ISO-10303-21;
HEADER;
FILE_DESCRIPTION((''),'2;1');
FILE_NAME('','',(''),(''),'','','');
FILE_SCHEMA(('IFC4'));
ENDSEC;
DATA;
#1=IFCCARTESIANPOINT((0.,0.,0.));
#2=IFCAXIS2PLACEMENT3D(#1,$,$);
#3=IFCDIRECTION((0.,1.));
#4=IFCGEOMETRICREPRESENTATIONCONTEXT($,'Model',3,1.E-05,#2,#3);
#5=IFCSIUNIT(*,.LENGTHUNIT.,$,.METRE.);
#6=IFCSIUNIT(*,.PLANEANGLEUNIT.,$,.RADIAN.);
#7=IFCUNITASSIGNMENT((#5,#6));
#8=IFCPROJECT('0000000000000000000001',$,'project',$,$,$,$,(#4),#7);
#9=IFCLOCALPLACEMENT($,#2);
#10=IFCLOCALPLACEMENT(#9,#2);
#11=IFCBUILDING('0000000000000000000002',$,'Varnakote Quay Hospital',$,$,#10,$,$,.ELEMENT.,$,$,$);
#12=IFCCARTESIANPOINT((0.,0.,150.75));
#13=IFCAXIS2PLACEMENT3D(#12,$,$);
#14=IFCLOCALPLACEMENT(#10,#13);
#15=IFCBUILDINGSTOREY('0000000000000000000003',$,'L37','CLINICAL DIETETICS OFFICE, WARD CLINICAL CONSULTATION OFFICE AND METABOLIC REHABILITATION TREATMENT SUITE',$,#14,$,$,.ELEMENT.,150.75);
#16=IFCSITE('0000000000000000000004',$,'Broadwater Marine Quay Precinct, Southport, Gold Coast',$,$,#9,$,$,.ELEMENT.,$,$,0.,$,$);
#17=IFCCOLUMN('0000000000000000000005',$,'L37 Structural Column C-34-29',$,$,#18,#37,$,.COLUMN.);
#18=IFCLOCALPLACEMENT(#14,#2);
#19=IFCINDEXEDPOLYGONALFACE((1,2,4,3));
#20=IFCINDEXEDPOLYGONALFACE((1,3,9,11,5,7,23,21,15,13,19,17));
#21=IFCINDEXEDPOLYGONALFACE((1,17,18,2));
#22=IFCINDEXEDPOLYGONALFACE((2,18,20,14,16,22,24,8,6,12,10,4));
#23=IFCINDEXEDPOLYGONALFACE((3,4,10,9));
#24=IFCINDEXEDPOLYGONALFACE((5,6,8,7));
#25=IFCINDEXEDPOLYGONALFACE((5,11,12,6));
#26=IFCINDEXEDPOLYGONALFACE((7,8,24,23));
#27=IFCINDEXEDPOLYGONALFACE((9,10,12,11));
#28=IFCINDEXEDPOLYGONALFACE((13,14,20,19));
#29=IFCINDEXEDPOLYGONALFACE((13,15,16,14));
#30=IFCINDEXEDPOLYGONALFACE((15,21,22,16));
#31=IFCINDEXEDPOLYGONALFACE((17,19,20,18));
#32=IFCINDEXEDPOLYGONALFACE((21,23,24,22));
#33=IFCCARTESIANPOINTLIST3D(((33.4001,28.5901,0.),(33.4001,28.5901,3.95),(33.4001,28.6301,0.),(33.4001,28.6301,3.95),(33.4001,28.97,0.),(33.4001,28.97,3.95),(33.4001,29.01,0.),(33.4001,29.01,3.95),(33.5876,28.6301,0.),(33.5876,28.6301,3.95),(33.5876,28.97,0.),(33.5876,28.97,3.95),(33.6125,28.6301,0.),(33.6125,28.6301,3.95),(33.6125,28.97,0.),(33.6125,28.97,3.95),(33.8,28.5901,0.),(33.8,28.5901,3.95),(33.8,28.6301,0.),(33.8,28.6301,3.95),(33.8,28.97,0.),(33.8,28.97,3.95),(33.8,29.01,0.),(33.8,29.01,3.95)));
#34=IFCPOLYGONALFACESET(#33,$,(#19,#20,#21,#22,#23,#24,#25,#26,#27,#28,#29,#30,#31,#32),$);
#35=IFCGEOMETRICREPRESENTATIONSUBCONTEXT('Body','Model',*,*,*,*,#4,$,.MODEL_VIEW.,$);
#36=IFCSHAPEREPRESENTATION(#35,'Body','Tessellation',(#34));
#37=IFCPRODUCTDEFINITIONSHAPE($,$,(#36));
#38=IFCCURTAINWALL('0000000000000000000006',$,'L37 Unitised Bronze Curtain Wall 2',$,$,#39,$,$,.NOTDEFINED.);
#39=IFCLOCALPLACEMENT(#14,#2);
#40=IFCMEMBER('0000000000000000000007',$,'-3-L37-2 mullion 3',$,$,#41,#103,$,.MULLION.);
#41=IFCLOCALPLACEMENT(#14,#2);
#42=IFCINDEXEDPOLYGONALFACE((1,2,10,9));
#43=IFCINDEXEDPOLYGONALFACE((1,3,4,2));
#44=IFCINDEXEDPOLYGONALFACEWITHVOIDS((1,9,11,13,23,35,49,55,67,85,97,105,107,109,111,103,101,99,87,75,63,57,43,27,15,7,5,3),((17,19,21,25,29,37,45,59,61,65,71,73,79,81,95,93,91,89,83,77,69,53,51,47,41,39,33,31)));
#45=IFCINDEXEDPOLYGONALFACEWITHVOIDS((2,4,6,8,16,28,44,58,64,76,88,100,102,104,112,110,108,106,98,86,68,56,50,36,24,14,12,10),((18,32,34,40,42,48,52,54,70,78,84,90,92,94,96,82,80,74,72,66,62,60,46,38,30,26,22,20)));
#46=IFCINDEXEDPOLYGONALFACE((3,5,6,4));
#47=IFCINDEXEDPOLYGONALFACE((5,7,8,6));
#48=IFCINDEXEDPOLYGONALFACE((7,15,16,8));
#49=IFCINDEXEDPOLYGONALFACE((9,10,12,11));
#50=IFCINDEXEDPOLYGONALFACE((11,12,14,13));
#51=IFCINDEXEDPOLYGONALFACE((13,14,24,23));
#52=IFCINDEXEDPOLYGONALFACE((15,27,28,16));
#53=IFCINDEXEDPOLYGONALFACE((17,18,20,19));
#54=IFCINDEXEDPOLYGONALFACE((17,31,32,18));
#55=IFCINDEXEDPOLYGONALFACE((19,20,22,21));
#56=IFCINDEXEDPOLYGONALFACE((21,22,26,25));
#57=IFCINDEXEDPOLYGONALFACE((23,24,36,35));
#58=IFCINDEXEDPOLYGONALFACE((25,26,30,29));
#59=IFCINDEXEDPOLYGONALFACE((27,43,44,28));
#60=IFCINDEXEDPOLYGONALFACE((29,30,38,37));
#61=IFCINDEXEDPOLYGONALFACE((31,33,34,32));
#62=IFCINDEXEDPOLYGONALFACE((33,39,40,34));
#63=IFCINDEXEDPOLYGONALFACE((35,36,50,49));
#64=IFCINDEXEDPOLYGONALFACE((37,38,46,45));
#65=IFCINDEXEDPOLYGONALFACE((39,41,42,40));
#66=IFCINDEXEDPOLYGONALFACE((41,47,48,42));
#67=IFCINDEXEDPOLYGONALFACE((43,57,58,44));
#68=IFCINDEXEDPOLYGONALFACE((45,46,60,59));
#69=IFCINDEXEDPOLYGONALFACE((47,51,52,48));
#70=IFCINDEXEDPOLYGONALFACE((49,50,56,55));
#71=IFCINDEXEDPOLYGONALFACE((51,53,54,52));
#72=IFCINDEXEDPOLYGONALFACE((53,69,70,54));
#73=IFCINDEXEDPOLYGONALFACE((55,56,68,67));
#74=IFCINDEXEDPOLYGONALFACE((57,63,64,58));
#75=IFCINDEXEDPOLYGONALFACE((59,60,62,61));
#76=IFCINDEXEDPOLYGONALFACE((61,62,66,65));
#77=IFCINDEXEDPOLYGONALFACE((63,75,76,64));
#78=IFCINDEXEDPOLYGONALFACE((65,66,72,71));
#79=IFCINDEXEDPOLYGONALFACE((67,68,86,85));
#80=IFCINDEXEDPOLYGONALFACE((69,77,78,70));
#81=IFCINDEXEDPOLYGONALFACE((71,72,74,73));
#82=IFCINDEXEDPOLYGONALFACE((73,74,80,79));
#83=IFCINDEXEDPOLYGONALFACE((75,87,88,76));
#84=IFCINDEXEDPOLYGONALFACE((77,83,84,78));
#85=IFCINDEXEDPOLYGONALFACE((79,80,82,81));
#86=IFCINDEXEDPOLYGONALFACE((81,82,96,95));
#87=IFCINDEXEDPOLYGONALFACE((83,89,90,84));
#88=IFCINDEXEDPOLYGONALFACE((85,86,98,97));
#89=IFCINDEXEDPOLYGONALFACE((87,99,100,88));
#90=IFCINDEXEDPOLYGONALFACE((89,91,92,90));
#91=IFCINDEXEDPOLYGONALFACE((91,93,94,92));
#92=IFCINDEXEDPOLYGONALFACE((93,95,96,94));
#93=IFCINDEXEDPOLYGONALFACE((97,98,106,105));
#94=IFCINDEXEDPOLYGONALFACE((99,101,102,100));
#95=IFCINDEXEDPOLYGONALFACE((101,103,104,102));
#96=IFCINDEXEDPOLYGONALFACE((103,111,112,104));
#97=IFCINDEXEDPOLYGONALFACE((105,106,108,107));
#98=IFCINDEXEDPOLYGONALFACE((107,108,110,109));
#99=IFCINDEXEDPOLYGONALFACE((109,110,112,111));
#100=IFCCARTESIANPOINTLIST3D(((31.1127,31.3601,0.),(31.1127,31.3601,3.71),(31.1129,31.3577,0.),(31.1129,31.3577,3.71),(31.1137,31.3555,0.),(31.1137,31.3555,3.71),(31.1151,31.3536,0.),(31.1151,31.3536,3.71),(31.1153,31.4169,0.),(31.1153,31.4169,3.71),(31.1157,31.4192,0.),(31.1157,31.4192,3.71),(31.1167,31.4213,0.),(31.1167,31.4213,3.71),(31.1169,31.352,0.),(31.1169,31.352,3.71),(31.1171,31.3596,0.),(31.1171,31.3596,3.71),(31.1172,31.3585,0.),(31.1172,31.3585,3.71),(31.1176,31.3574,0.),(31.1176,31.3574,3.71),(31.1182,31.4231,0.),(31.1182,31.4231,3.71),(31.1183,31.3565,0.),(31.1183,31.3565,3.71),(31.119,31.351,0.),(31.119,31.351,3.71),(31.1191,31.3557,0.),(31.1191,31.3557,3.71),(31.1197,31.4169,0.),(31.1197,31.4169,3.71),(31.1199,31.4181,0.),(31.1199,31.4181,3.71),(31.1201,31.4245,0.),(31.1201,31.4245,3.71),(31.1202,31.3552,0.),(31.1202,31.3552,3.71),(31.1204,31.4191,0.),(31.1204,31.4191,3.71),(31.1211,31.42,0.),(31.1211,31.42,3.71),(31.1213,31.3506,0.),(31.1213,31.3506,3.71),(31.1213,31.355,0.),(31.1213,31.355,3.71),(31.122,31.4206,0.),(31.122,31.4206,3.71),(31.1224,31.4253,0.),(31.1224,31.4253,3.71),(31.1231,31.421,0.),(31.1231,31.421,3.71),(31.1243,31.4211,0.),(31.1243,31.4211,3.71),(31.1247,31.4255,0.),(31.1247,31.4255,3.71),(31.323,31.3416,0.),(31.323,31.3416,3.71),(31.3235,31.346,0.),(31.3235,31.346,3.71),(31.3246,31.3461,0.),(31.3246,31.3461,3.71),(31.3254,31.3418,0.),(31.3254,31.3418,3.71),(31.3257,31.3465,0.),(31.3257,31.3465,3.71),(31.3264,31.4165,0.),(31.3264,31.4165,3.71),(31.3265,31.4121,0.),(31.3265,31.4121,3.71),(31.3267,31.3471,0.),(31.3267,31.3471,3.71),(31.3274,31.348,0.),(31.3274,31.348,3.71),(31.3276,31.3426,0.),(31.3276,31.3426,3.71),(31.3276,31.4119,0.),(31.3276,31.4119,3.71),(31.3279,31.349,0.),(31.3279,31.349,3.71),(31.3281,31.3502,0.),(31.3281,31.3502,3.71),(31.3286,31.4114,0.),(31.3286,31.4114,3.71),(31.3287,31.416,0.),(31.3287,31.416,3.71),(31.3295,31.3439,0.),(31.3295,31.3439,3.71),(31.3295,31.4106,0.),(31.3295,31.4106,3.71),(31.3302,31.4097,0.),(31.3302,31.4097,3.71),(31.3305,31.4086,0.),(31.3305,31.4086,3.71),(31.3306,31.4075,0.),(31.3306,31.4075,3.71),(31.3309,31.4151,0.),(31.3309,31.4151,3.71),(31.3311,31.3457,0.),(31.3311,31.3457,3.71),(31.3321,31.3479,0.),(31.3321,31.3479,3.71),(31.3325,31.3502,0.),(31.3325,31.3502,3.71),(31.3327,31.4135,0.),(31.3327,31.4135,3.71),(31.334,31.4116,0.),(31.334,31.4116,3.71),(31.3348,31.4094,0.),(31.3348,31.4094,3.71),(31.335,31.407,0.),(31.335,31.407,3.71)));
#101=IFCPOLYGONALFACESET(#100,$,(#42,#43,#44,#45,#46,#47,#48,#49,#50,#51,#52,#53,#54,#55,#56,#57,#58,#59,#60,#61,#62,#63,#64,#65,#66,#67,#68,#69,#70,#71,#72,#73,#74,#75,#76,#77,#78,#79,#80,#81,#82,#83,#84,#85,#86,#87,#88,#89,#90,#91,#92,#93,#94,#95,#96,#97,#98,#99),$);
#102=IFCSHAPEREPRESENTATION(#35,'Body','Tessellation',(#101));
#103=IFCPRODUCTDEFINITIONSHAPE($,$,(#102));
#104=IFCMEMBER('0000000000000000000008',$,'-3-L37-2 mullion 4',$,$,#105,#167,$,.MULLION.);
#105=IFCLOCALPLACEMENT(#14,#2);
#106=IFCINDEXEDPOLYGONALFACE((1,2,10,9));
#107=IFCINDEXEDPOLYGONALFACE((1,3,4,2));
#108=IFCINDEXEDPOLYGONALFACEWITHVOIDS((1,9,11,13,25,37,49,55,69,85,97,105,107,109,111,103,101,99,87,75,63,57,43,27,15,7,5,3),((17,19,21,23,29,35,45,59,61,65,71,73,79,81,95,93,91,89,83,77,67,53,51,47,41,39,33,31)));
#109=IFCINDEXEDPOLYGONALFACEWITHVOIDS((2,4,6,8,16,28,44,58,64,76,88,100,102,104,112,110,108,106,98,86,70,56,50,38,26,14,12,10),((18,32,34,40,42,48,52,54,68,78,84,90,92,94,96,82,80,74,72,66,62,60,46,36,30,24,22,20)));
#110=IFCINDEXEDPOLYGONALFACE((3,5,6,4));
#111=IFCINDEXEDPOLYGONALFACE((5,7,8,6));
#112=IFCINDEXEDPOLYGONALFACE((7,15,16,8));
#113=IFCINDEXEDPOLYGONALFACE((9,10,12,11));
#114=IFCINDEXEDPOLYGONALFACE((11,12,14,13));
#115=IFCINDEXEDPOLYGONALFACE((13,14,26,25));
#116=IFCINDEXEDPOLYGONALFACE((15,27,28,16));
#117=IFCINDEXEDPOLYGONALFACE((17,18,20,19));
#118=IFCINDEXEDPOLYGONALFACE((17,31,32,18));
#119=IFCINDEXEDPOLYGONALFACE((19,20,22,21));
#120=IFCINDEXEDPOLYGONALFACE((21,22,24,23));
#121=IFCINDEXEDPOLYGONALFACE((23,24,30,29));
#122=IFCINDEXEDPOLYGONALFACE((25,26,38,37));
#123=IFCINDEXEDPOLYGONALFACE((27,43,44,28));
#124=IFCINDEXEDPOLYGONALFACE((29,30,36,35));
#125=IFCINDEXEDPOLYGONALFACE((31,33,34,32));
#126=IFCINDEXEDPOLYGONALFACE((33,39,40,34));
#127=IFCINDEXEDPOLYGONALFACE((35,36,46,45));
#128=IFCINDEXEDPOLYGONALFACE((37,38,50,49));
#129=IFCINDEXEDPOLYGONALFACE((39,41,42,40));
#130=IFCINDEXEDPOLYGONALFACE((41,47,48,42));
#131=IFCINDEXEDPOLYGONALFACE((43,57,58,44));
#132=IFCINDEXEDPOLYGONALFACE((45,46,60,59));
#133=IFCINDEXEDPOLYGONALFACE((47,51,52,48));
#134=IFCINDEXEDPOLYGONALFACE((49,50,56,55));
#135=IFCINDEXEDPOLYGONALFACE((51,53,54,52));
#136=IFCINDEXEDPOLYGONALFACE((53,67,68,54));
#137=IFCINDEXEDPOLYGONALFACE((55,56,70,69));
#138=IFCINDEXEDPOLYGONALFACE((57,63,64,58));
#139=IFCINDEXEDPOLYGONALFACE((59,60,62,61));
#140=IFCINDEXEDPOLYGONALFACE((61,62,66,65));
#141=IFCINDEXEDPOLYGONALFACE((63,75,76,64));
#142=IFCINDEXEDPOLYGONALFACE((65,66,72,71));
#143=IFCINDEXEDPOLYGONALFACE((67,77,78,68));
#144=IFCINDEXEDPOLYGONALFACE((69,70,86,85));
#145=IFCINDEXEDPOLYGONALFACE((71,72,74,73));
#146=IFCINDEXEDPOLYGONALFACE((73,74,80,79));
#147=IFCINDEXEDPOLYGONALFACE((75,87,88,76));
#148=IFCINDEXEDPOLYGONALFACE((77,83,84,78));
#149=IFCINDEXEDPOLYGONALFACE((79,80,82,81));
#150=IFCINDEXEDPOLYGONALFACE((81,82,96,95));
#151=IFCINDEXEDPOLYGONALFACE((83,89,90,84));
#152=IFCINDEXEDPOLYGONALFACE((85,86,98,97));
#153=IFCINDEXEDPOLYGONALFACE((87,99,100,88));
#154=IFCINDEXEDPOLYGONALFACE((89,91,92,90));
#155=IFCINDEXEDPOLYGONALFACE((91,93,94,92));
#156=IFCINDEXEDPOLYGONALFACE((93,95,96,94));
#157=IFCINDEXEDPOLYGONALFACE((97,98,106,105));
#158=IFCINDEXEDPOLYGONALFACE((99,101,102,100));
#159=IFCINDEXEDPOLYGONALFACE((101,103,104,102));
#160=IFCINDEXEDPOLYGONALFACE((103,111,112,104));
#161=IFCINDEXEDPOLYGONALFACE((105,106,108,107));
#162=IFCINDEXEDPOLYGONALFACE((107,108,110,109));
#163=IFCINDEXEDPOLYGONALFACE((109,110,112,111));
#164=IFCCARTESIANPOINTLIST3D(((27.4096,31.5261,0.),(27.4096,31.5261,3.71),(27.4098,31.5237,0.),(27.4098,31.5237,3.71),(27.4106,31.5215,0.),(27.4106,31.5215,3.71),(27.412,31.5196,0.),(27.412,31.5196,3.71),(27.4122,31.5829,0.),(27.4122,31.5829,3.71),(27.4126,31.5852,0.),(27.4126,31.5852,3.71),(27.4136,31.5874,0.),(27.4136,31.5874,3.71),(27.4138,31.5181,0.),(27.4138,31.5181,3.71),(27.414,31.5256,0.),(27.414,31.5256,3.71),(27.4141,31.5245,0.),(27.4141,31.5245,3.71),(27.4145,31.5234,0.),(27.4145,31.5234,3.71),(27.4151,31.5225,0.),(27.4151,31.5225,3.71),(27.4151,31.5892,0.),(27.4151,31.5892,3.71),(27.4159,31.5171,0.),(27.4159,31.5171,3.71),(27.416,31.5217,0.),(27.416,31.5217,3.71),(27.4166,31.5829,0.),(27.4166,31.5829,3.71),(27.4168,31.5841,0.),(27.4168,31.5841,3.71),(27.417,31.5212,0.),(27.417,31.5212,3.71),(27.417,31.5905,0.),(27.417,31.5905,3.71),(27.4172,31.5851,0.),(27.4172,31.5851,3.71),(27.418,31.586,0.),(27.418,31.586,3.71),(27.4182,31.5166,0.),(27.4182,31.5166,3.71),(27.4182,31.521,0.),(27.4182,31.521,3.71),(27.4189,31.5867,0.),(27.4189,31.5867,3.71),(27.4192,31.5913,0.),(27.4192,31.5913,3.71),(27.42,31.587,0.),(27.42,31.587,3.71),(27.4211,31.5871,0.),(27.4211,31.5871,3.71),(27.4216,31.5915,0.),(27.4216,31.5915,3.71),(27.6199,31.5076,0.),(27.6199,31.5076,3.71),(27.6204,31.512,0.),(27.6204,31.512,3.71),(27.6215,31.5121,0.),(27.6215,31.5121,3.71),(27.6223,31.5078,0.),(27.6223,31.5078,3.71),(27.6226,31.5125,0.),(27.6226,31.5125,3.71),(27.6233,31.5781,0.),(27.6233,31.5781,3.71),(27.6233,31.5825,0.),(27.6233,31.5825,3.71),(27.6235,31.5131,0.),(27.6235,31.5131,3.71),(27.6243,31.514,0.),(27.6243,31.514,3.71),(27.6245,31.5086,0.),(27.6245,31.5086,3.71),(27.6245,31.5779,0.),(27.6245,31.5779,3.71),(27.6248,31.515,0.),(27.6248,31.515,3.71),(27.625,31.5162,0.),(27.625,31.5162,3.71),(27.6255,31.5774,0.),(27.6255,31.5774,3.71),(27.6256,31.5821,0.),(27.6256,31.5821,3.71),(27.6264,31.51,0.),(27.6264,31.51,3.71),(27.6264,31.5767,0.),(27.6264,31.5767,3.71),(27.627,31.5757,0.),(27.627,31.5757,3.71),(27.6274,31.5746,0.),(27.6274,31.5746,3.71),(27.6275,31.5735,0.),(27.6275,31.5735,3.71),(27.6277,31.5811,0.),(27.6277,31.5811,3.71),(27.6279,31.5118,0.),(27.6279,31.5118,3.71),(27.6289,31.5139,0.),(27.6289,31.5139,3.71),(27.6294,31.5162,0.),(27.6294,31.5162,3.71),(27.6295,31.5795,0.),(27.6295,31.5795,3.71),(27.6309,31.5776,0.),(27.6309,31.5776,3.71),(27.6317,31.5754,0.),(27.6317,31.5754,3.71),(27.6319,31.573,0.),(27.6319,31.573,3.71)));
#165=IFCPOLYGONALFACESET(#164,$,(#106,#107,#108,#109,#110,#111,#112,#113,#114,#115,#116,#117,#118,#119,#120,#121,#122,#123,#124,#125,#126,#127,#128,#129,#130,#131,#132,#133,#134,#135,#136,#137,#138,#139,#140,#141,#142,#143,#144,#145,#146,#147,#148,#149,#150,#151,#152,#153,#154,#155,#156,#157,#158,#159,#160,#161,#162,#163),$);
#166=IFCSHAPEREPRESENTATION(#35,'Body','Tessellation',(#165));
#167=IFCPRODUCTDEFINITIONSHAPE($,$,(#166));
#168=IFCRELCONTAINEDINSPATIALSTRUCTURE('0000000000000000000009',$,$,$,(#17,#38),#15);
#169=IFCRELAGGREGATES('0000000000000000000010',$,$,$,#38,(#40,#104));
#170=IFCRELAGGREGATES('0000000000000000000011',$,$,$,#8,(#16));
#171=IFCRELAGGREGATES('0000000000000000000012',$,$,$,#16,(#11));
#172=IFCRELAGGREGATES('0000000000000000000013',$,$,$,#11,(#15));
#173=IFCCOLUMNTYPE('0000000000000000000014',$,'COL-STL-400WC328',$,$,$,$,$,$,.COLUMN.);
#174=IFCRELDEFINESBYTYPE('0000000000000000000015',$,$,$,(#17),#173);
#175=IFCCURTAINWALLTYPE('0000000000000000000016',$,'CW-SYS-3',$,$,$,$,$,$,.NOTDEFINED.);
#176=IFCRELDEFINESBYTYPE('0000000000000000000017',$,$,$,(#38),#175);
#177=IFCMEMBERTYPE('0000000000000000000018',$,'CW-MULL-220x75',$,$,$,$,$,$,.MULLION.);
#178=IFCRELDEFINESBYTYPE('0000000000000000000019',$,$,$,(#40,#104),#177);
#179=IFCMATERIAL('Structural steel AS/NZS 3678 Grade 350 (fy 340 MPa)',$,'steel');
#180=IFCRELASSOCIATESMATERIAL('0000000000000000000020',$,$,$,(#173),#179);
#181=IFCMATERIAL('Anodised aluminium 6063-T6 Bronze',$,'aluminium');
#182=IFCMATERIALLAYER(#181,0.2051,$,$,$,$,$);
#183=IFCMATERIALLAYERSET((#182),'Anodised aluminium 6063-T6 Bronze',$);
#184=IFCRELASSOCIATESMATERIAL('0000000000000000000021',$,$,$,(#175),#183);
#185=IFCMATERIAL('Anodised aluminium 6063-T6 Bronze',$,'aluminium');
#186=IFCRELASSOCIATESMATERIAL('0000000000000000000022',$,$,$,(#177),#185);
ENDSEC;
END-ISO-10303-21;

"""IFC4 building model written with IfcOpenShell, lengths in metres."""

from ifc_helpers import new_model, si_unit, direction, frame, origin, origin_2d, place, context, subcontext, project, spatial, hollow_rectangle, i_section, extrude, material, layer, layer_set, material_profile, profile_set, type_object, element, aggregate, save


model = new_model("IFC4")

# Units and contexts
model_context = context("Model", 3, precision=1e-05, world=origin(), true_north=direction((0.0, 1.0)))
body_context = subcontext(model_context, "Body", "Model", "MODEL_VIEW")
ifc_project = project(units=[si_unit("LENGTHUNIT", "METRE"), si_unit("PLANEANGLEUNIT", "RADIAN")], contexts=[model_context])

# Site, building, storey
site_placement = place(None, origin())
site = spatial("IfcSite", under=ifc_project, at=site_placement, Name="Broadwater Marine Quay Precinct, Southport, Gold Coast", CompositionType="ELEMENT", RefElevation=0.0)
building_placement = place(site_placement, origin())
building = spatial("IfcBuilding", under=site, at=building_placement, Name="Varnakote Quay Hospital", CompositionType="ELEMENT")
storey_placement = place(building_placement, frame((0.0, 0.0, 150.75)))
storey = spatial("IfcBuildingStorey", under=building, at=storey_placement, Name="L37", Description="CLINICAL DIETETICS OFFICE, WARD CLINICAL CONSULTATION OFFICE AND METABOLIC REHABILITATION TREATMENT SUITE", CompositionType="ELEMENT", Elevation=150.75)

# Column
ifc_material_1 = material(Name="Structural steel AS/NZS 3678 Grade 350 (fy 340 MPa)", Category="steel")
ifc_material_profile_1 = material_profile(ifc_material_1, i_section(OverallWidth=0.3999, OverallDepth=0.4199, WebThickness=0.0249, FlangeThickness=0.04, at=origin_2d()), Name="400WC328")
ifc_profile_set_1 = profile_set([ifc_material_profile_1], Name="Structural steel AS/NZS 3678 Grade 350 (fy 340 MPa)")
column_type = type_object("IfcColumnType", Name="COL-STL-400WC328", PredefinedType="COLUMN", material=ifc_profile_set_1)
column_placement = place(storey_placement, frame((33.6001, 28.8, 0.0), z_axis=(0.0, 0.0, 1.0), x_axis=(1.0, 0.0, 0.0)))
element("IfcColumn", 1, at=column_placement, inside=storey, type_object=column_type, Name="L37 Structural Column C-34-29", PredefinedType="COLUMN", context=body_context, shape_type="SweptSolid", body=[
    extrude(i_section(OverallWidth=0.3999, OverallDepth=0.4199, WebThickness=0.0249, FlangeThickness=0.04, at=origin_2d()), origin(), (0.0, 0.0, 1.0), 3.95),
])

# Curtain wall, members
ifc_material_2 = material(Name="Anodised aluminium 6063-T6 Bronze", Category="aluminium")
ifc_layer_1 = layer(ifc_material_2, 0.2051)
ifc_layer_set_1 = layer_set([ifc_layer_1], Name="Anodised aluminium 6063-T6 Bronze")
curtain_wall_type = type_object("IfcCurtainWallType", Name="CW-SYS-3", PredefinedType="NOTDEFINED", material=ifc_layer_set_1)
curtain_wall_placement = place(storey_placement, origin())
curtain_wall = element("IfcCurtainWall", 2, at=curtain_wall_placement, inside=storey, type_object=curtain_wall_type, Name="L37 Unitised Bronze Curtain Wall 2", PredefinedType="NOTDEFINED")
ifc_material_3 = material(Name="Anodised aluminium 6063-T6 Bronze", Category="aluminium")
ifc_material_profile_2 = material_profile(ifc_material_3, hollow_rectangle(XDim=0.075, YDim=0.22, WallThickness=0.0044, InnerFilletRadius=0.0044, OuterFilletRadius=0.009, at=origin_2d()), Name="CW-MULL-220x75")
ifc_profile_set_2 = profile_set([ifc_material_profile_2], Name="Anodised aluminium 6063-T6 Bronze")
member_type_1 = type_object("IfcMemberType", Name="CW-MULL-220x75", PredefinedType="MULLION", material=ifc_profile_set_2)
member_1_placement = place(storey_placement, frame((31.2239, 31.3835, 0.0), z_axis=(0.0, 0.0, 1.0), x_axis=(-0.044782, -0.998997, 0.0)))
member_1 = element("IfcMember", 3, at=member_1_placement, type_object=member_type_1, Name="-3-L37-2 mullion 3", PredefinedType="MULLION", context=body_context, shape_type="SweptSolid", body=[
    extrude(hollow_rectangle(XDim=0.075, YDim=0.22, WallThickness=0.0044, InnerFilletRadius=0.0044, OuterFilletRadius=0.009, at=origin_2d()), origin(), (0.0, 0.0, 1.0), 3.71),
])
member_2_placement = place(storey_placement, frame((27.5208, 31.5496, 0.0), z_axis=(0.0, 0.0, 1.0), x_axis=(-0.044782, -0.998997, 0.0)))
member_2 = element("IfcMember", 4, at=member_2_placement, type_object=member_type_1, Name="-3-L37-2 mullion 4", PredefinedType="MULLION", context=body_context, shape_type="SweptSolid", body=[
    extrude(hollow_rectangle(XDim=0.075, YDim=0.22, WallThickness=0.0044, InnerFilletRadius=0.0044, OuterFilletRadius=0.009, at=origin_2d()), origin(), (0.0, 0.0, 1.0), 3.71),
])
aggregate(curtain_wall, [member_1, member_2])

save(model, "model.ifc")
